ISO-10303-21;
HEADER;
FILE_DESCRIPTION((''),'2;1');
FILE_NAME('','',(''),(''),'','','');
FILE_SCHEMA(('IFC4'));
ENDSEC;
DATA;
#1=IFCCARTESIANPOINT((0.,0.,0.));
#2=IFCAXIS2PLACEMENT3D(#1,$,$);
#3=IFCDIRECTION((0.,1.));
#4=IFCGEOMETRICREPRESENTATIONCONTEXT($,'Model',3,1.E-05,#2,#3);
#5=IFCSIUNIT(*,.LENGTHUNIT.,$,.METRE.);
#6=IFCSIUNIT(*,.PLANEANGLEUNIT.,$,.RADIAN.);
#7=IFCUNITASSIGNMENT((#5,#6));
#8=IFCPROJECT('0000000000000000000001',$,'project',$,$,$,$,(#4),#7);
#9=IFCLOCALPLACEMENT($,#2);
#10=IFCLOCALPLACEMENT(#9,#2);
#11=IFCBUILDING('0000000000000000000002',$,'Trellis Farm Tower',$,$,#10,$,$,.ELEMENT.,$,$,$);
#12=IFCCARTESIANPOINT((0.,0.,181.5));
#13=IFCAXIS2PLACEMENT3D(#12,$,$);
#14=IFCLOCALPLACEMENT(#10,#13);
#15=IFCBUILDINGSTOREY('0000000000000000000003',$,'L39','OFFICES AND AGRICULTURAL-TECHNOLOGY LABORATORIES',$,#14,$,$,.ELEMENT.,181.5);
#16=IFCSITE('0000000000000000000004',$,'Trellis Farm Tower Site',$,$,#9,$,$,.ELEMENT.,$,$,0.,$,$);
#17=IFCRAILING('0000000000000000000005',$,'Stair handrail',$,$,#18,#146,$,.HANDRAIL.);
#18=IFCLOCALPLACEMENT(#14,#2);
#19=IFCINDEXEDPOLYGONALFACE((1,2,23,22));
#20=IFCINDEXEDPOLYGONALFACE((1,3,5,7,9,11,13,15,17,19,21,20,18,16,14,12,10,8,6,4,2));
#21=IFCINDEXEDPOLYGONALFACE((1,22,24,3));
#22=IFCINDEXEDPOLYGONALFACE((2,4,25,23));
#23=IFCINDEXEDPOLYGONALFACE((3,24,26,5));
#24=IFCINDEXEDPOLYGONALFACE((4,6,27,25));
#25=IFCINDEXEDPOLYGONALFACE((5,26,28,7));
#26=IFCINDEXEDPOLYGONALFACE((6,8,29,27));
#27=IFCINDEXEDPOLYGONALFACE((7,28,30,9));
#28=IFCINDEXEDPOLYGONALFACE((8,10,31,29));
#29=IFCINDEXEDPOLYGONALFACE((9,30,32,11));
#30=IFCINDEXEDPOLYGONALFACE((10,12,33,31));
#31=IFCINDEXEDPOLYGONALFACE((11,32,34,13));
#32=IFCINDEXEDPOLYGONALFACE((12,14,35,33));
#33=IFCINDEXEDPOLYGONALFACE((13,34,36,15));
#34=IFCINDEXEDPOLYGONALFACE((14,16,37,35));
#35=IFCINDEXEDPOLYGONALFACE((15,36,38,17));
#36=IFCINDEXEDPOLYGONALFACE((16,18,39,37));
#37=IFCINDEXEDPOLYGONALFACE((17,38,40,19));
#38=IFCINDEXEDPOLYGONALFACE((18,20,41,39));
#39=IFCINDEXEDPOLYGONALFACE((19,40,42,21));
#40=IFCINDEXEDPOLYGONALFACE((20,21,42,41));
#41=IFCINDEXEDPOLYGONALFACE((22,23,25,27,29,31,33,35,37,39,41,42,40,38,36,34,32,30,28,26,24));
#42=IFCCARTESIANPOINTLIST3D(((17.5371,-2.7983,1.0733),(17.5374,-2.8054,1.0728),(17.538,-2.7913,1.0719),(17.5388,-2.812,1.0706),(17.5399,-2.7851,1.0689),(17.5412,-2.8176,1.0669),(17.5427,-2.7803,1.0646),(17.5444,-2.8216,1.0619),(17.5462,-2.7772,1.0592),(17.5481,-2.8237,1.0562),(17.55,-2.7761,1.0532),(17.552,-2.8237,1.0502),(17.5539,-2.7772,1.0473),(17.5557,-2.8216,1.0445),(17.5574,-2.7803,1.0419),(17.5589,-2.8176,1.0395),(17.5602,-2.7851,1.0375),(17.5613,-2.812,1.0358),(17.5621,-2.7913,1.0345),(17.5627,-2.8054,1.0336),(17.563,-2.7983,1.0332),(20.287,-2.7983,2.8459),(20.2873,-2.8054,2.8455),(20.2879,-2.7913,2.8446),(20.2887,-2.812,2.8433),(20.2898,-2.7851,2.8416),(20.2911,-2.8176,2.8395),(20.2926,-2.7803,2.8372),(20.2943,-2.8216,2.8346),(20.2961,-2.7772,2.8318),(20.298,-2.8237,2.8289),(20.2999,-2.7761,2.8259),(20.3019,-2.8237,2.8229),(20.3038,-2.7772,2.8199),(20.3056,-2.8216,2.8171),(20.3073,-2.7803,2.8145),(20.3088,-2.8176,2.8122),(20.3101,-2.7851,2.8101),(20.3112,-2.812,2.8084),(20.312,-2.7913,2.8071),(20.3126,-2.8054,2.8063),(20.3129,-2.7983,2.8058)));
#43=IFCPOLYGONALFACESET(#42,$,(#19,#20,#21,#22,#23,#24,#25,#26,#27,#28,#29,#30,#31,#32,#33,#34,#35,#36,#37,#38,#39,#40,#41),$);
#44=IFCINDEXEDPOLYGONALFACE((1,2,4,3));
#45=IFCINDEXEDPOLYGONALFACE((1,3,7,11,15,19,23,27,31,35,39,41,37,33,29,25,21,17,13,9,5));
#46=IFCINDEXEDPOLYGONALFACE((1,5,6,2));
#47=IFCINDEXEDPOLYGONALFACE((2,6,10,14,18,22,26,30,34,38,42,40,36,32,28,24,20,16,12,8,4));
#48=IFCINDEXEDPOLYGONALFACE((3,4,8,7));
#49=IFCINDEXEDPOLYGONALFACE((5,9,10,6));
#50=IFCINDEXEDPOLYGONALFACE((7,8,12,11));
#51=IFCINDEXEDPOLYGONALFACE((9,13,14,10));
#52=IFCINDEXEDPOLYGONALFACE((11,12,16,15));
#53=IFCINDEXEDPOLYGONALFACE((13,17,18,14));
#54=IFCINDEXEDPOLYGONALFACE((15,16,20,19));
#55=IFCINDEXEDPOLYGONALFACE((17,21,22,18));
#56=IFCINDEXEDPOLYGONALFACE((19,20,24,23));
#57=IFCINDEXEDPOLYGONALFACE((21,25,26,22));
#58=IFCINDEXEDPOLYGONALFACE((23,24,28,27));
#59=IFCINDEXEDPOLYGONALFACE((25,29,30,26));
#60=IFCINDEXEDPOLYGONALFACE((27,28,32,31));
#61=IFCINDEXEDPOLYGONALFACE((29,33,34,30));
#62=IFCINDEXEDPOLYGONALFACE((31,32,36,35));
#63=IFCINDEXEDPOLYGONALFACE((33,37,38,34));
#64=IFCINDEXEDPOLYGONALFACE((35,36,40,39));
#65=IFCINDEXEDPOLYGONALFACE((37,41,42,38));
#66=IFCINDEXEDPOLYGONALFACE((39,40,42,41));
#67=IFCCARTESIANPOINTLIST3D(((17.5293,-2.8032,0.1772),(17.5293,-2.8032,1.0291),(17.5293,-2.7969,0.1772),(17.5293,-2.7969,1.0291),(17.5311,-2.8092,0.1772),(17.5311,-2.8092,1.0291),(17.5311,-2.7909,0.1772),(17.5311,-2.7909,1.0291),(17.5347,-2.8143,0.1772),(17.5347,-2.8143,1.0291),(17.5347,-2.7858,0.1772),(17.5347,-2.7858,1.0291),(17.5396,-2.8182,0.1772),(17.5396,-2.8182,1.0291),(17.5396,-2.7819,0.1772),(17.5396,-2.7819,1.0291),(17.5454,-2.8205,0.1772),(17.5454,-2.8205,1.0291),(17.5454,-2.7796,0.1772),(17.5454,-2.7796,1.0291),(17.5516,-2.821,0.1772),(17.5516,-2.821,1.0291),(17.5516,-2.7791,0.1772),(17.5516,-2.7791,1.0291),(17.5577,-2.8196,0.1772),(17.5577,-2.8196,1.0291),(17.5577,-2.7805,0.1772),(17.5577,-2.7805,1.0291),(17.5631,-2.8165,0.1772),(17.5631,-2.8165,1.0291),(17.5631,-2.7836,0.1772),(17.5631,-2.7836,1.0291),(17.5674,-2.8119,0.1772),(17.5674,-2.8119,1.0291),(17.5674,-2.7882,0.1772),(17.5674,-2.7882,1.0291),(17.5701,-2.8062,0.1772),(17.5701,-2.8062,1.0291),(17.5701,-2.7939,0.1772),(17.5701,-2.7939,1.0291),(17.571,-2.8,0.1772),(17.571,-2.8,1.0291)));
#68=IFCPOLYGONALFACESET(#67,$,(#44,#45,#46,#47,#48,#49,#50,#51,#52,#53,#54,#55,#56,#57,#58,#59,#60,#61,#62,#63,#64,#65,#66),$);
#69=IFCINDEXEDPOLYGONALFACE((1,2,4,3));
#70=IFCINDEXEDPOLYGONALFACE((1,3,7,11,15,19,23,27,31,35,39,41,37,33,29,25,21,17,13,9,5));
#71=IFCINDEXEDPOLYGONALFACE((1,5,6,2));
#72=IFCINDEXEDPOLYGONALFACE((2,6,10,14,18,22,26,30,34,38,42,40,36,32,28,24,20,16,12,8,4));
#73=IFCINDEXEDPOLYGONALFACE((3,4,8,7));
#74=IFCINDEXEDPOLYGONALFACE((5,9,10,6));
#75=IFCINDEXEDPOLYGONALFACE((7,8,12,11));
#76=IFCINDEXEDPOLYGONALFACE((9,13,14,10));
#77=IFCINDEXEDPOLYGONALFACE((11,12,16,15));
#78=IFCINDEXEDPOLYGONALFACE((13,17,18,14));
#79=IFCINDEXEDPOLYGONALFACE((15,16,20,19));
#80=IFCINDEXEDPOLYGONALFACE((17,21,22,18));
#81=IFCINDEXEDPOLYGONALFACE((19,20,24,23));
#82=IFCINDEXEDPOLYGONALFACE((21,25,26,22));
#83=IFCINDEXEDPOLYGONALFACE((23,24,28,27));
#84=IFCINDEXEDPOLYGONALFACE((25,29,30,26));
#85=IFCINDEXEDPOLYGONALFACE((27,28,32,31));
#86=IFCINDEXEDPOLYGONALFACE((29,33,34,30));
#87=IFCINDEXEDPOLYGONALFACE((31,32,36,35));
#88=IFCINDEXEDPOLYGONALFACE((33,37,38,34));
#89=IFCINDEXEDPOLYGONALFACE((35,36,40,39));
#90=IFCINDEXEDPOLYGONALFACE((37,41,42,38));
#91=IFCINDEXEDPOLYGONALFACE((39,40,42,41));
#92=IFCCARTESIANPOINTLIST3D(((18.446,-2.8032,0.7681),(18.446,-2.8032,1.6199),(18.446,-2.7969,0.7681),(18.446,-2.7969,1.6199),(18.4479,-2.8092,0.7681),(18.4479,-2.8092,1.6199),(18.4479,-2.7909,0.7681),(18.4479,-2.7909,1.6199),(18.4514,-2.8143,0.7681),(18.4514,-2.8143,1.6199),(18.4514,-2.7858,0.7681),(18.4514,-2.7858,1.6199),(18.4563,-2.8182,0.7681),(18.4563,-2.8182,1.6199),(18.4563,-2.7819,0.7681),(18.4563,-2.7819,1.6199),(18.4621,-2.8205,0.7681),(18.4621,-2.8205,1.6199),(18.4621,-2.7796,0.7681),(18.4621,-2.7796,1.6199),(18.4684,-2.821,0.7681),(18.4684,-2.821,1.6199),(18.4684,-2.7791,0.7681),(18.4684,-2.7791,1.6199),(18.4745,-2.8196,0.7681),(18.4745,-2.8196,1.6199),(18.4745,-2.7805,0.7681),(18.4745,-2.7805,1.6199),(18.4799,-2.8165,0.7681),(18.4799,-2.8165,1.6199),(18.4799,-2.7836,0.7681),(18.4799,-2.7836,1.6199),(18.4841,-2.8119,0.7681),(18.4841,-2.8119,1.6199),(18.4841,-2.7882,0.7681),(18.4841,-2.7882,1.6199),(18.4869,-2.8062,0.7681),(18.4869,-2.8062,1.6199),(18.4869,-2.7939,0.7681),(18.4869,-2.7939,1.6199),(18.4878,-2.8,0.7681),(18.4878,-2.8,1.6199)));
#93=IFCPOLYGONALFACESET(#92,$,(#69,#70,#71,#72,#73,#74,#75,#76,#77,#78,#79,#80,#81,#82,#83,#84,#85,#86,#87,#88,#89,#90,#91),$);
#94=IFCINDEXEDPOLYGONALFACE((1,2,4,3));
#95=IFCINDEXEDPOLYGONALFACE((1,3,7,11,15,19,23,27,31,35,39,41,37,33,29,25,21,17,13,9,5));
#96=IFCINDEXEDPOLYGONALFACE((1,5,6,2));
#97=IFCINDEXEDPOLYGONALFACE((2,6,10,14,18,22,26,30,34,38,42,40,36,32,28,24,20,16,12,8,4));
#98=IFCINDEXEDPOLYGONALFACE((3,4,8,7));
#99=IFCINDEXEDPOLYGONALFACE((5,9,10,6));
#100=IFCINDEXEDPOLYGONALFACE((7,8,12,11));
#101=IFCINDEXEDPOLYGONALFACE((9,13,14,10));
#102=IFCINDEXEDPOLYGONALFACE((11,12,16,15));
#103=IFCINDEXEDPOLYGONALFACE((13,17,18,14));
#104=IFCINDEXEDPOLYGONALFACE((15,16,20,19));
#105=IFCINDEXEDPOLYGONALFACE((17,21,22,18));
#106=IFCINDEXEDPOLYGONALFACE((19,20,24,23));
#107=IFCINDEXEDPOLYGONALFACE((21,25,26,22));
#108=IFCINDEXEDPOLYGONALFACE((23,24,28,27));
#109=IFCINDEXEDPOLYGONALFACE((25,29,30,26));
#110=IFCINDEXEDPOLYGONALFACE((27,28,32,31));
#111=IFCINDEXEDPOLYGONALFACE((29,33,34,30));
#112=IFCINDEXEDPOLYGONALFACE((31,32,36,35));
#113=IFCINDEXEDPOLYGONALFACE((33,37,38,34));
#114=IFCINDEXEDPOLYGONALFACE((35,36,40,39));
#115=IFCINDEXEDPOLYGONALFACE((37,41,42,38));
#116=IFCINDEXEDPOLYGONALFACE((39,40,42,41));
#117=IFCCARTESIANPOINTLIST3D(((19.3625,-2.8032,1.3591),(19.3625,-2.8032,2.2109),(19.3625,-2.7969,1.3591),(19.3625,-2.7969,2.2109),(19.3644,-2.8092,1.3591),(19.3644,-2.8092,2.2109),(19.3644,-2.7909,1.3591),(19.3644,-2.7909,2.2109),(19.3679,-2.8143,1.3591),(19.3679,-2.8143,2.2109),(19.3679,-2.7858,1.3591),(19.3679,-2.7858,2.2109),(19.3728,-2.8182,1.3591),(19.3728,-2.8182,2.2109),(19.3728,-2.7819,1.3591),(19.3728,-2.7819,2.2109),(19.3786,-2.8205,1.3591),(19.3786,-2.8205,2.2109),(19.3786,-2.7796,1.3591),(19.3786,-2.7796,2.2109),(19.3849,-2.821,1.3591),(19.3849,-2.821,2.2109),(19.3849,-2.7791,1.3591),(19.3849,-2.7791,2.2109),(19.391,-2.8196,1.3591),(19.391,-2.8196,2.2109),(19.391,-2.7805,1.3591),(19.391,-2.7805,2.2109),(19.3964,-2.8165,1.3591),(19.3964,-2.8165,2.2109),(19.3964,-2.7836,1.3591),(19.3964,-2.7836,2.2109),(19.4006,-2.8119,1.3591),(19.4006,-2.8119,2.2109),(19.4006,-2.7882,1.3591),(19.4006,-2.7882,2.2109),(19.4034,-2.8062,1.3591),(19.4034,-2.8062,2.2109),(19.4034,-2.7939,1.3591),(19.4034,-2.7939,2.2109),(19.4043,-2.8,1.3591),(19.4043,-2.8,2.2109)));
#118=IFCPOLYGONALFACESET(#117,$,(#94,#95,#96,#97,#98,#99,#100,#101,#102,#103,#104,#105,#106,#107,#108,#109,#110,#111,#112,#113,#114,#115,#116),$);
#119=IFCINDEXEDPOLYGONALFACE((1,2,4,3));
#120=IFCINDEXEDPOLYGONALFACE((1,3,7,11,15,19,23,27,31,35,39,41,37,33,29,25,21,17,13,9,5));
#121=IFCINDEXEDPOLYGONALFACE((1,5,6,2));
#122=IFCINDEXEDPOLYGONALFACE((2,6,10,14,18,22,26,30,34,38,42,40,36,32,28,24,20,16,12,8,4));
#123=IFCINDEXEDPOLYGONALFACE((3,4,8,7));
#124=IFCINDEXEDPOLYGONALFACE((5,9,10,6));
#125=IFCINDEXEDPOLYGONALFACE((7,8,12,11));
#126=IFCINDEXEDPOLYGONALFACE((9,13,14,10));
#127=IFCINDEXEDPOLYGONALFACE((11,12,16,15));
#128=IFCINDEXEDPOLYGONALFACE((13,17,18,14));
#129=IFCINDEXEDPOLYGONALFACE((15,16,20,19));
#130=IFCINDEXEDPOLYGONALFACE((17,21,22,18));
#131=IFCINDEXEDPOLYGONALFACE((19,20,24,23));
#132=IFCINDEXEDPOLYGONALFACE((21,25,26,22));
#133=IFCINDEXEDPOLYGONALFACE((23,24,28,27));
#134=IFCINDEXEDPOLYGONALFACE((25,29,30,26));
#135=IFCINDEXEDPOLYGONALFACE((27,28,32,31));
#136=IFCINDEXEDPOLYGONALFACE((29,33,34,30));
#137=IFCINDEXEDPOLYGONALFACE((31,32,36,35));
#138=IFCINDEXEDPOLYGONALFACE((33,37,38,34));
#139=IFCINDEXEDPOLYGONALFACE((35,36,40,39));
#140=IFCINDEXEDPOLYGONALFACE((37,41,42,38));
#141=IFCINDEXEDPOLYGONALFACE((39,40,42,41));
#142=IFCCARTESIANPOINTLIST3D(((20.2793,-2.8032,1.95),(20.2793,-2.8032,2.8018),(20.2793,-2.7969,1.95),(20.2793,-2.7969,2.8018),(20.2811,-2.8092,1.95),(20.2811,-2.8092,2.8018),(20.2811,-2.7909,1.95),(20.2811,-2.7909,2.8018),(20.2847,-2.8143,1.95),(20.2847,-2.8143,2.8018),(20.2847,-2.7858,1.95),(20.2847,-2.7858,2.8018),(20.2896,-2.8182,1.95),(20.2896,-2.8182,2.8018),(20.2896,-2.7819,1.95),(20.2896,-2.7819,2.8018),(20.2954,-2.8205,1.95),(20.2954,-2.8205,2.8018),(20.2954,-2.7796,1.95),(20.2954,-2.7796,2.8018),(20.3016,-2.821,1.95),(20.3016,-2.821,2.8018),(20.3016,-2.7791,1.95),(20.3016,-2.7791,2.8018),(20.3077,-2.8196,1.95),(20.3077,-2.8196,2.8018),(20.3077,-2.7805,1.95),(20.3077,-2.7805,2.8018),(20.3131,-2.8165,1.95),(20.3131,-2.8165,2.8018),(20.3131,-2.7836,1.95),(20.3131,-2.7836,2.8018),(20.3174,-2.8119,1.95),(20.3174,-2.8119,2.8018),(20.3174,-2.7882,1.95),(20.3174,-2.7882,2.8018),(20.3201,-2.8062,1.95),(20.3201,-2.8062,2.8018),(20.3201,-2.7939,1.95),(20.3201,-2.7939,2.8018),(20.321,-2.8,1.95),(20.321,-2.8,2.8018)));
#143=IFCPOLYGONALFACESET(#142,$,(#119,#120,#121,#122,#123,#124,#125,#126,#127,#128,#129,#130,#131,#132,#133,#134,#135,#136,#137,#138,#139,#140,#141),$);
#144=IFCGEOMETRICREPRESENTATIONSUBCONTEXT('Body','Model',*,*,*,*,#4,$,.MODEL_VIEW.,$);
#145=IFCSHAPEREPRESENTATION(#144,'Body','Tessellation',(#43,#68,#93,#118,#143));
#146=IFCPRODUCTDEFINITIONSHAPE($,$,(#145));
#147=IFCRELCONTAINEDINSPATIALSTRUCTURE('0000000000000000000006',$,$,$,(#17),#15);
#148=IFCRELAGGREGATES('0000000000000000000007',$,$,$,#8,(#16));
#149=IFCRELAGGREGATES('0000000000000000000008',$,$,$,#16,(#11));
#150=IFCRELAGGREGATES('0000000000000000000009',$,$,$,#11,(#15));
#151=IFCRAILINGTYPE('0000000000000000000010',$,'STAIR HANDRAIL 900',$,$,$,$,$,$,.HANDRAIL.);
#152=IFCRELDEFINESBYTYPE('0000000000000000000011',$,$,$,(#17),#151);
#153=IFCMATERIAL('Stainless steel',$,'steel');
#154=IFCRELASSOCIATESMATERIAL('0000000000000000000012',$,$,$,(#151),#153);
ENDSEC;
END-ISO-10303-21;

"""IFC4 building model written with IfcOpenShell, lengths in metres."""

from ifc_helpers import new_model, si_unit, direction, frame, origin, origin_2d, place, context, subcontext, project, spatial, circle, extrude, source, transform, mapped, material, type_object, element, save


model = new_model("IFC4")

# Units and contexts
model_context = context("Model", 3, precision=1e-05, world=origin(), true_north=direction((0.0, 1.0)))
body_context = subcontext(model_context, "Body", "Model", "MODEL_VIEW")
ifc_project = project(units=[si_unit("LENGTHUNIT", "METRE"), si_unit("PLANEANGLEUNIT", "RADIAN")], contexts=[model_context])

# Site, building, storey
site_placement = place(None, origin())
site = spatial("IfcSite", under=ifc_project, at=site_placement, Name="Trellis Farm Tower Site", CompositionType="ELEMENT", RefElevation=0.0)
building_placement = place(site_placement, origin())
building = spatial("IfcBuilding", under=site, at=building_placement, Name="Trellis Farm Tower", CompositionType="ELEMENT")
storey_placement = place(building_placement, frame((0.0, 0.0, 181.5)))
storey = spatial("IfcBuildingStorey", under=building, at=storey_placement, Name="L39", Description="OFFICES AND AGRICULTURAL-TECHNOLOGY LABORATORIES", CompositionType="ELEMENT", Elevation=181.5)

# Railing
ifc_material_1 = material(Name="Stainless steel", Category="steel")
railing_type = type_object("IfcRailingType", Name="STAIR HANDRAIL 900", PredefinedType="HANDRAIL", material=ifc_material_1)
shared_shape_1 = source(origin(), body_context, "Body", "SweptSolid", [
    extrude(circle(Radius=0.0239, at=origin_2d()), frame((0.0, 0.0, 0.876), z_axis=(0.840504, 0.0, 0.541806), x_axis=(0.0, 1.0, 0.0)), (0.0, 0.0, 1.0), 3.2717),
    extrude(circle(Radius=0.021, at=origin_2d()), origin(), (0.0, 0.0, 1.0), 0.8518),
    extrude(circle(Radius=0.021, at=origin_2d()), frame((0.9167, 0.0, 0.5908)), (0.0, 0.0, 1.0), 0.8518),
    extrude(circle(Radius=0.021, at=origin_2d()), frame((1.8333, 0.0, 1.1819)), (0.0, 0.0, 1.0), 0.8518),
    extrude(circle(Radius=0.021, at=origin_2d()), frame((2.75, 0.0, 1.7727)), (0.0, 0.0, 1.0), 0.8518),
])
railing_placement = place(storey_placement, frame((17.55, -2.8, 0.1772)))
element("IfcRailing", 1, at=railing_placement, inside=storey, type_object=railing_type, Name="Stair handrail", PredefinedType="HANDRAIL", context=body_context, shape_type="MappedRepresentation", body=[
    mapped(shared_shape_1, transform((0.0, 0.0, 0.0))),
])

save(model, "model.ifc")
